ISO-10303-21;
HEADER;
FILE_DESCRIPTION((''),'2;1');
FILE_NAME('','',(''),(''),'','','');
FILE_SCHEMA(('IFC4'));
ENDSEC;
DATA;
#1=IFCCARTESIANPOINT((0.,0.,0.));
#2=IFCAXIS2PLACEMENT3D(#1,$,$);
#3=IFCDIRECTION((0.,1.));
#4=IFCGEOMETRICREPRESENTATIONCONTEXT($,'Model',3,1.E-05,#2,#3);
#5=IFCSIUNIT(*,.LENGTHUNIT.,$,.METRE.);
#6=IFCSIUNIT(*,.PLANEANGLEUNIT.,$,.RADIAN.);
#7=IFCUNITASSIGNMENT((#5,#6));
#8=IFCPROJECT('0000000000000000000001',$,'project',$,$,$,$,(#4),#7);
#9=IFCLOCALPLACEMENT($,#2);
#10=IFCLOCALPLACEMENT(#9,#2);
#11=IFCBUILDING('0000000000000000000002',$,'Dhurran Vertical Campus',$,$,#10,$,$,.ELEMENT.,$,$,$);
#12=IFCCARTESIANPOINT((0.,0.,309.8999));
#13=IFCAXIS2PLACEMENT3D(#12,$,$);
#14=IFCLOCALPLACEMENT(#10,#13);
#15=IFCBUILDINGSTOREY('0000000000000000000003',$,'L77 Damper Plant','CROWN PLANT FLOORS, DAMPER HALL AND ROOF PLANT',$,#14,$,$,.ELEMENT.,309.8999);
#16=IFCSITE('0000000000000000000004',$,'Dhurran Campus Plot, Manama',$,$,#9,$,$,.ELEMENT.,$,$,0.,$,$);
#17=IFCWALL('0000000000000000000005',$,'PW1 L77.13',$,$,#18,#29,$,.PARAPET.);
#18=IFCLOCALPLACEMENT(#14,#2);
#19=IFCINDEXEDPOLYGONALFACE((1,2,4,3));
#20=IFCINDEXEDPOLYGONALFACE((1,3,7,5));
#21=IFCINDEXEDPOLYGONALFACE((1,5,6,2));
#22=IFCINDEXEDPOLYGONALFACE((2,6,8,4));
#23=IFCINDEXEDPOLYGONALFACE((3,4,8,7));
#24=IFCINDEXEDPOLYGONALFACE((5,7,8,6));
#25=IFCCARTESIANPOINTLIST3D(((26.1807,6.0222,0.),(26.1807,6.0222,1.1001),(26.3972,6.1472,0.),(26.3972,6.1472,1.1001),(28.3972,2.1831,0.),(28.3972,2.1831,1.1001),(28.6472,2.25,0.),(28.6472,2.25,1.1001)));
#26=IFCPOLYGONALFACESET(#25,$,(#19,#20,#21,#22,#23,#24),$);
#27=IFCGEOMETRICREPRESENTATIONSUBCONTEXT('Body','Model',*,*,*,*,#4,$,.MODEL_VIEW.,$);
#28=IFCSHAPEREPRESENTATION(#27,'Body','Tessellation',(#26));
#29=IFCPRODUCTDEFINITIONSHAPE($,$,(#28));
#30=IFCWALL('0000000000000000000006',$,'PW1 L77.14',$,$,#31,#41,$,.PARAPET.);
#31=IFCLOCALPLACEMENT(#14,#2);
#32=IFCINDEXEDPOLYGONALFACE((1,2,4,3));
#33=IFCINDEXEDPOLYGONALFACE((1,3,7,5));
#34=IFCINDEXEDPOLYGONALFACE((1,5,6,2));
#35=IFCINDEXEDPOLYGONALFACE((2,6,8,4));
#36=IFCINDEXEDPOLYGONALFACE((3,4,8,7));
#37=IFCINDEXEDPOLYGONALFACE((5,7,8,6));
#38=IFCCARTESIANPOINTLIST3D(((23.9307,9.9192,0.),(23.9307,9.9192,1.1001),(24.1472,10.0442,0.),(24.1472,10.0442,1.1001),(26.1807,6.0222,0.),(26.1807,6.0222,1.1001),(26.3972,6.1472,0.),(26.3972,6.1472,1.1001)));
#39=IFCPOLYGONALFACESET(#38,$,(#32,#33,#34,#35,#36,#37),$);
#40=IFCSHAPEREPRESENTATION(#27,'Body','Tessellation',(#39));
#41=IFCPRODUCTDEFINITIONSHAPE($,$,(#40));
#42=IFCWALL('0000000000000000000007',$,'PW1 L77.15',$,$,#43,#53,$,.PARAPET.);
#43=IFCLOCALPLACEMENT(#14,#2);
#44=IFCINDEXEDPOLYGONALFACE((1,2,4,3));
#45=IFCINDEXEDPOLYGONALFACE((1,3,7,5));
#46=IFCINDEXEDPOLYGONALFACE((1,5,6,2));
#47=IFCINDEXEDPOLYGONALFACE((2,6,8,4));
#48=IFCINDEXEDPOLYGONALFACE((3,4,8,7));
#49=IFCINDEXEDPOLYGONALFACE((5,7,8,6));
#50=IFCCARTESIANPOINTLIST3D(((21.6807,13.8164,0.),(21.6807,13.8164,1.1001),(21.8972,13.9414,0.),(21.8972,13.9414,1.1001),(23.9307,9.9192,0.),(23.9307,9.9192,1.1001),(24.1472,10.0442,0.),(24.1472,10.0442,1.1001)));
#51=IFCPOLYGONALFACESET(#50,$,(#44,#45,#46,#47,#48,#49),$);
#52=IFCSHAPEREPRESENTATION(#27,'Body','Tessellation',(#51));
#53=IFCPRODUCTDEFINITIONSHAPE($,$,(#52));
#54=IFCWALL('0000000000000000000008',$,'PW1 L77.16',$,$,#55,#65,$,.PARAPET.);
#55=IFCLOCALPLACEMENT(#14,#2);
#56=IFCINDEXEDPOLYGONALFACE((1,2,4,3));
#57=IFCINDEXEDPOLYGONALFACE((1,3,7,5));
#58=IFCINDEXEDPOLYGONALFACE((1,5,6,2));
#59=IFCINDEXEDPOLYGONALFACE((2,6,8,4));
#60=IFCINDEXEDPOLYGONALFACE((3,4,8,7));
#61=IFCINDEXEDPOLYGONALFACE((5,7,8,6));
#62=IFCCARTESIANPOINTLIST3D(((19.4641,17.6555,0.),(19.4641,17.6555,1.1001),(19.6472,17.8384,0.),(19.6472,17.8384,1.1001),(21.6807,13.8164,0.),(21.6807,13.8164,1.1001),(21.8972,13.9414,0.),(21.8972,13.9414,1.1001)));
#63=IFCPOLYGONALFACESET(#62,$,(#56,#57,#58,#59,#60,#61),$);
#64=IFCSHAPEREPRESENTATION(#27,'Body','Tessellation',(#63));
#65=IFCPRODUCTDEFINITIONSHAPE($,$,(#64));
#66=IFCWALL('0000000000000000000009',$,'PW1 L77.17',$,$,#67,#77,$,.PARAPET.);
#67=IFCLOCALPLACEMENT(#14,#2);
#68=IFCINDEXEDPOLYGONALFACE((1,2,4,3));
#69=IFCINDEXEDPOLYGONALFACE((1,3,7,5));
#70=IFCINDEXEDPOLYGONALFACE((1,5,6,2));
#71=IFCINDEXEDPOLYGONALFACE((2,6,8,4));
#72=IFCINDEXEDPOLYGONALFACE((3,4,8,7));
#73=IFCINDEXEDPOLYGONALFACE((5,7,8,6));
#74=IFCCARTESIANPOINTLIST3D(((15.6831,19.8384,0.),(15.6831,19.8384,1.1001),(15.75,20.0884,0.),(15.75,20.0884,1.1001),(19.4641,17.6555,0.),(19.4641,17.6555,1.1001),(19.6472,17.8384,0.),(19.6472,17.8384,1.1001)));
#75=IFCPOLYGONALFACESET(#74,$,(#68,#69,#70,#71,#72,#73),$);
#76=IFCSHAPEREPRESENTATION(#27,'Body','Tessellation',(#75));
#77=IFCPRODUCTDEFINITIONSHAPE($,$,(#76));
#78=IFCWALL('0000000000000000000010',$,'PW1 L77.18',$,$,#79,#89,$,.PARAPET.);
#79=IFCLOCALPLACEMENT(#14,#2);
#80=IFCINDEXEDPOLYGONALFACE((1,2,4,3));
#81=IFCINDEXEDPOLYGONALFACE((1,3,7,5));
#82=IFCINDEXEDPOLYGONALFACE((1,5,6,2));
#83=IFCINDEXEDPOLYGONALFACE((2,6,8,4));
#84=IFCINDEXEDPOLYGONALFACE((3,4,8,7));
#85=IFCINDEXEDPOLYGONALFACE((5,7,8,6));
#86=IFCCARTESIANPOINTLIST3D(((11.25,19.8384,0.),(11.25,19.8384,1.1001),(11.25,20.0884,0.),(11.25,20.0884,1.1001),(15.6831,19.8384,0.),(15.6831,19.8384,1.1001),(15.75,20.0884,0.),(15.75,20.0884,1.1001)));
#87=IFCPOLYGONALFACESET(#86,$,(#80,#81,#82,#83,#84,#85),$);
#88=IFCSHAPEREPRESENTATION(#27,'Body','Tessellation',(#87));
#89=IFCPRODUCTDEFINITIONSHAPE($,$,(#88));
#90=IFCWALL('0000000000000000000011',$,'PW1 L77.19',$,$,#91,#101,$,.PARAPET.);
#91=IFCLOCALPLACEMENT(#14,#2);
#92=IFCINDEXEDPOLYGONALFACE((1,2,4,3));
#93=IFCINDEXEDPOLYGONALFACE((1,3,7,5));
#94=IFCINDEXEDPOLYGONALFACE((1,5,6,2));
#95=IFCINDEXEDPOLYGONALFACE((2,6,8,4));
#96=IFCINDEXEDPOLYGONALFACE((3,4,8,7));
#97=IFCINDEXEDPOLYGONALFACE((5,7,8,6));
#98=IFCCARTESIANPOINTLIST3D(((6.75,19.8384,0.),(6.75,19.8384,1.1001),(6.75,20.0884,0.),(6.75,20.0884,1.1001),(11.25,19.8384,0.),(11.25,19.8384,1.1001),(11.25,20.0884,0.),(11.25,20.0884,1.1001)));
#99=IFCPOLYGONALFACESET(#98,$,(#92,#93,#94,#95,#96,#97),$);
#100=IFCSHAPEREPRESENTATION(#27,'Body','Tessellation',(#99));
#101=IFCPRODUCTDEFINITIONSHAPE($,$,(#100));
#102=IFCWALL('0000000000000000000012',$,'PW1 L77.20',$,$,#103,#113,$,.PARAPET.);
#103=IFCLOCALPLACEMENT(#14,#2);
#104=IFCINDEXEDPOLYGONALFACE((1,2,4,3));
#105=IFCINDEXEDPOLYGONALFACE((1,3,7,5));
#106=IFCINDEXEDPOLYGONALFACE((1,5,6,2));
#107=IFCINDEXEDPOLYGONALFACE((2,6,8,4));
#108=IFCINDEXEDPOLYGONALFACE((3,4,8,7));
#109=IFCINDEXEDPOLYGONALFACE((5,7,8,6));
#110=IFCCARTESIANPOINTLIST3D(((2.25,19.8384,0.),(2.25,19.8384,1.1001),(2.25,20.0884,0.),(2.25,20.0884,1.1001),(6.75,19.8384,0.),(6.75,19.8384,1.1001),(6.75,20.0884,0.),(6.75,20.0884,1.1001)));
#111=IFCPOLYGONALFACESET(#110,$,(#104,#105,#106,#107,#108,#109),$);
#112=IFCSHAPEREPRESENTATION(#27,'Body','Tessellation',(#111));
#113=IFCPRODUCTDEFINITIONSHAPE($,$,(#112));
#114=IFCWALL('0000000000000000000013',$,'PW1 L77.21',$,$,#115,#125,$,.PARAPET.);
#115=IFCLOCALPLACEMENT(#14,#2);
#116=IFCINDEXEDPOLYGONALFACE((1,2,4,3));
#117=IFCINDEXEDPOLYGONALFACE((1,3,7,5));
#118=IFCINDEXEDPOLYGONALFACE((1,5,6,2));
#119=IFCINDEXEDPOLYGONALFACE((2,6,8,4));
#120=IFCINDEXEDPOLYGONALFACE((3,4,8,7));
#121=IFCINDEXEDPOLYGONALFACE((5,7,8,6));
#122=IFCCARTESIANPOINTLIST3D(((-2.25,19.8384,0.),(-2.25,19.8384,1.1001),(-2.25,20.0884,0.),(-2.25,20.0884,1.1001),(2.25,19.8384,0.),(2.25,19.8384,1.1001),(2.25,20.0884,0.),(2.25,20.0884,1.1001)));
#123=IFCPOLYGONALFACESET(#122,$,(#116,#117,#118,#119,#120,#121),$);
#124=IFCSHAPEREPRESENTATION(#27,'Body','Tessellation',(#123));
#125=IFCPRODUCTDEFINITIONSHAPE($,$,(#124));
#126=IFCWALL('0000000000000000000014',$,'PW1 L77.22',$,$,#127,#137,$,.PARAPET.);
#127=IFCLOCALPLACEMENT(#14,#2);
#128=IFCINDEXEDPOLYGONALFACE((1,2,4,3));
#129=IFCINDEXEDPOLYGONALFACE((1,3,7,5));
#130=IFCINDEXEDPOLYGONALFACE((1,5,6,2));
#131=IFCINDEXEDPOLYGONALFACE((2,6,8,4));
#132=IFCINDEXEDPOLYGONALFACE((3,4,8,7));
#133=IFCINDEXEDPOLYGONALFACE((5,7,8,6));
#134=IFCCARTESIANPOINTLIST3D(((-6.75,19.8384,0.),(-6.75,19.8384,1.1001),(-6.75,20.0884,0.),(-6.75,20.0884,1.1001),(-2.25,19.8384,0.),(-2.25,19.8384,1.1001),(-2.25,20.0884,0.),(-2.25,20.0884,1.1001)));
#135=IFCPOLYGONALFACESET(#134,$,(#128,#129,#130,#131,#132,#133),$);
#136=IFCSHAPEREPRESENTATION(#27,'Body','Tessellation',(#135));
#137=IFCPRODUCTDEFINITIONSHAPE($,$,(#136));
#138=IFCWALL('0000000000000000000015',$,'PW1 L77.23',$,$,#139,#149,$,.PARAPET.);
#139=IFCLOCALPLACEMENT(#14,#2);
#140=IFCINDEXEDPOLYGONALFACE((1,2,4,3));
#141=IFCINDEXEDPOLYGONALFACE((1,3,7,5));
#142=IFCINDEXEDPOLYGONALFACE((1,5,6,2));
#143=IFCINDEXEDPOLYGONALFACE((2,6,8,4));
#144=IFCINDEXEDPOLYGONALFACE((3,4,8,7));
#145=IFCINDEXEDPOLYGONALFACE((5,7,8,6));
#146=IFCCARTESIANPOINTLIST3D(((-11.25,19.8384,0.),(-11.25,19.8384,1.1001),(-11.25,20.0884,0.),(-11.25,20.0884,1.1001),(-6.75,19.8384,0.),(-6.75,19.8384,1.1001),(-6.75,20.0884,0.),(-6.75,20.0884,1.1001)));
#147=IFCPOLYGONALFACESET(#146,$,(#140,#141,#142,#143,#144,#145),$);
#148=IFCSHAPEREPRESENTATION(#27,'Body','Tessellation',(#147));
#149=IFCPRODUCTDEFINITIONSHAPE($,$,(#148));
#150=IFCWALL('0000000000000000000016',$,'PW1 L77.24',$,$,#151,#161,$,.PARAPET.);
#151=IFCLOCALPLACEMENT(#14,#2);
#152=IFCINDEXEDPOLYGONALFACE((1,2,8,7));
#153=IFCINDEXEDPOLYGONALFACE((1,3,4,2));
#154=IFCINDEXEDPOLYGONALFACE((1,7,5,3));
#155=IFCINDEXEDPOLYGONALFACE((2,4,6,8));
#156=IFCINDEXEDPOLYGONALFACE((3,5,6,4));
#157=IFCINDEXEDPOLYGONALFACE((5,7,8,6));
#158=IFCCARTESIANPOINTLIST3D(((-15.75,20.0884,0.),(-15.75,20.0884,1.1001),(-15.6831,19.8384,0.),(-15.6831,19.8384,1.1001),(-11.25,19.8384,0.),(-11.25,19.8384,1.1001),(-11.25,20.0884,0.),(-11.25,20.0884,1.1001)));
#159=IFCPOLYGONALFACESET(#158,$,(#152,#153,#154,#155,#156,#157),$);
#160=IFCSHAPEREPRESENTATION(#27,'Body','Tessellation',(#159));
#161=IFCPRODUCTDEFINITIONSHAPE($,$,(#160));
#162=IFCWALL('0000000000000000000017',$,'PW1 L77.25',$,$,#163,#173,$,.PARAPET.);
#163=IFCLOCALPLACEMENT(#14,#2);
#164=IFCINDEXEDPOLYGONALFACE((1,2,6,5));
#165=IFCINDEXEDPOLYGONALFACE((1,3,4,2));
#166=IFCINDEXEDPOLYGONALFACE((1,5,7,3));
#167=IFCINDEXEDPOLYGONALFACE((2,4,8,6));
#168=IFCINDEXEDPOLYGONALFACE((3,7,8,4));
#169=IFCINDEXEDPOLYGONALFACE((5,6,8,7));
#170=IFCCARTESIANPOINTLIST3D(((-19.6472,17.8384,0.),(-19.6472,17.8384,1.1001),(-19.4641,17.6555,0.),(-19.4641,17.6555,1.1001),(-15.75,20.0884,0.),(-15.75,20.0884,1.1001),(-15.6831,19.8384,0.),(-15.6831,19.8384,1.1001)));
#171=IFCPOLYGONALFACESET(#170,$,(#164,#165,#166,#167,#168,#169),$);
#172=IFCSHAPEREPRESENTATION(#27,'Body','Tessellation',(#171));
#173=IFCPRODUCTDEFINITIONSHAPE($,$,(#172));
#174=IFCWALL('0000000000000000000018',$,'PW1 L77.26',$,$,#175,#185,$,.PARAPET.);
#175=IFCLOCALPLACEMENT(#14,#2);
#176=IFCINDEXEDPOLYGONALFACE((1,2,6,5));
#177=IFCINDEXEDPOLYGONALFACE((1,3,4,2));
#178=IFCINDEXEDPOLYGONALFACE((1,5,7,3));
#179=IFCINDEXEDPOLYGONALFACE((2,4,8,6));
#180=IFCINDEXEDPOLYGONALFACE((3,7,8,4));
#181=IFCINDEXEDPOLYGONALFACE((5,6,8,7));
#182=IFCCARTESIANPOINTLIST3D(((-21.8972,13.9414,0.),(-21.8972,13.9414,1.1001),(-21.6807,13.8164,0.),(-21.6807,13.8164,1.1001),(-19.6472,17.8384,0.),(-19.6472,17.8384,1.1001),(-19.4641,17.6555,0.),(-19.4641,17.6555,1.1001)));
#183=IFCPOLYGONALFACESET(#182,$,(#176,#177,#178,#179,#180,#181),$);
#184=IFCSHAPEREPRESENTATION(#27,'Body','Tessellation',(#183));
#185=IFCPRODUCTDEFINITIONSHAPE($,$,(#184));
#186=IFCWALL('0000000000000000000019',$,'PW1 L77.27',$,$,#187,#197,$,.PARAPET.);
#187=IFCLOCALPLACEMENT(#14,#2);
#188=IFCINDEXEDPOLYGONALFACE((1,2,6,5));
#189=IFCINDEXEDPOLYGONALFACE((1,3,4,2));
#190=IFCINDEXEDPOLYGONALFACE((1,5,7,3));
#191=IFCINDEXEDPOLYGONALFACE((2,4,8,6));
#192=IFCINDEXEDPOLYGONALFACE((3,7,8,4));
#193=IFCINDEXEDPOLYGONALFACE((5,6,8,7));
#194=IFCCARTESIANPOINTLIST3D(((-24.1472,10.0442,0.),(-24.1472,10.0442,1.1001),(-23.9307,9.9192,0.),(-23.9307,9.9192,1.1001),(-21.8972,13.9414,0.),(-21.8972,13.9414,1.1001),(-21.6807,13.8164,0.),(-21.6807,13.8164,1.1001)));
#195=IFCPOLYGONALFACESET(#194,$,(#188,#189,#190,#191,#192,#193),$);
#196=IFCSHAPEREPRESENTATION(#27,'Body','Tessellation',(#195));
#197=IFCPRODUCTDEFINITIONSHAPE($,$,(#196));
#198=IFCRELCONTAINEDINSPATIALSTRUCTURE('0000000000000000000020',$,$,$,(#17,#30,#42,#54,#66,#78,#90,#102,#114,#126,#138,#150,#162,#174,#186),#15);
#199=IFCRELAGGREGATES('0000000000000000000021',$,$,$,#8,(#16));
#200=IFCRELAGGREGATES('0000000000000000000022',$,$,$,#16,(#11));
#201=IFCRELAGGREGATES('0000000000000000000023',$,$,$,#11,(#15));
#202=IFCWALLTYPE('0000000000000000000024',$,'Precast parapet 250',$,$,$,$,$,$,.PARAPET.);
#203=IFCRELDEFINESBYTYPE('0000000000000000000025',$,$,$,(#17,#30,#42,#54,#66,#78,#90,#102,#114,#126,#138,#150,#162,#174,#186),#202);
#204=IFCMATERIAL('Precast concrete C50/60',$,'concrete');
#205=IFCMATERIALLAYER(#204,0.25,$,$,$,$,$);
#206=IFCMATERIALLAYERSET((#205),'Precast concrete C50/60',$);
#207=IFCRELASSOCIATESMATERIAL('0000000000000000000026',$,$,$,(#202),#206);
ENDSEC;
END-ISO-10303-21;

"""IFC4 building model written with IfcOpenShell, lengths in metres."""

from ifc_helpers import new_model, si_unit, direction, frame, origin, place, context, subcontext, project, spatial, polyline, outline, extrude, material, layer, layer_set, type_object, element, save


model = new_model("IFC4")

# Units and contexts
model_context = context("Model", 3, precision=1e-05, world=origin(), true_north=direction((0.0, 1.0)))
body_context = subcontext(model_context, "Body", "Model", "MODEL_VIEW")
ifc_project = project(units=[si_unit("LENGTHUNIT", "METRE"), si_unit("PLANEANGLEUNIT", "RADIAN")], contexts=[model_context])

# Site, building, storey
site_placement = place(None, origin())
site = spatial("IfcSite", under=ifc_project, at=site_placement, Name="Dhurran Campus Plot, Manama", CompositionType="ELEMENT", RefElevation=0.0)
building_placement = place(site_placement, origin())
building = spatial("IfcBuilding", under=site, at=building_placement, Name="Dhurran Vertical Campus", CompositionType="ELEMENT")
storey_placement = place(building_placement, frame((0.0, 0.0, 309.8999)))
storey = spatial("IfcBuildingStorey", under=building, at=storey_placement, Name="L77 Damper Plant", Description="CROWN PLANT FLOORS, DAMPER HALL AND ROOF PLANT", CompositionType="ELEMENT", Elevation=309.8999)

# Walls
ifc_material_1 = material(Name="Precast concrete C50/60", Category="concrete")
ifc_layer_1 = layer(ifc_material_1, 0.25)
ifc_layer_set_1 = layer_set([ifc_layer_1], Name="Precast concrete C50/60")
wall_type_1 = type_object("IfcWallType", Name="Precast parapet 250", PredefinedType="PARAPET", material=ifc_layer_set_1)
wall_1_placement = place(storey_placement, origin())
element("IfcWall", 1, at=wall_1_placement, inside=storey, type_object=wall_type_1, Name="PW1 L77.13", PredefinedType="PARAPET", context=body_context, shape_type="SweptSolid", body=[
    extrude(outline(polyline([(28.6472, 2.25), (26.3972, 6.1472), (26.1807, 6.0222), (28.3972, 2.1831), (28.6472, 2.25)])), origin(), (0.0, 0.0, 1.0), 1.1001),
])
wall_2_placement = place(storey_placement, origin())
element("IfcWall", 2, at=wall_2_placement, inside=storey, type_object=wall_type_1, Name="PW1 L77.14", PredefinedType="PARAPET", context=body_context, shape_type="SweptSolid", body=[
    extrude(outline(polyline([(26.3972, 6.1472), (24.1472, 10.0442), (23.9307, 9.9192), (26.1807, 6.0222), (26.3972, 6.1472)])), origin(), (0.0, 0.0, 1.0), 1.1001),
])
wall_3_placement = place(storey_placement, origin())
element("IfcWall", 3, at=wall_3_placement, inside=storey, type_object=wall_type_1, Name="PW1 L77.15", PredefinedType="PARAPET", context=body_context, shape_type="SweptSolid", body=[
    extrude(outline(polyline([(24.1472, 10.0442), (21.8972, 13.9414), (21.6807, 13.8164), (23.9307, 9.9192), (24.1472, 10.0442)])), origin(), (0.0, 0.0, 1.0), 1.1001),
])
wall_4_placement = place(storey_placement, origin())
element("IfcWall", 4, at=wall_4_placement, inside=storey, type_object=wall_type_1, Name="PW1 L77.16", PredefinedType="PARAPET", context=body_context, shape_type="SweptSolid", body=[
    extrude(outline(polyline([(21.8972, 13.9414), (19.6472, 17.8384), (19.4641, 17.6555), (21.6807, 13.8164), (21.8972, 13.9414)])), origin(), (0.0, 0.0, 1.0), 1.1001),
])
wall_5_placement = place(storey_placement, origin())
element("IfcWall", 5, at=wall_5_placement, inside=storey, type_object=wall_type_1, Name="PW1 L77.17", PredefinedType="PARAPET", context=body_context, shape_type="SweptSolid", body=[
    extrude(outline(polyline([(19.6472, 17.8384), (15.75, 20.0884), (15.6831, 19.8384), (19.4641, 17.6555), (19.6472, 17.8384)])), origin(), (0.0, 0.0, 1.0), 1.1001),
])
wall_6_placement = place(storey_placement, origin())
element("IfcWall", 6, at=wall_6_placement, inside=storey, type_object=wall_type_1, Name="PW1 L77.18", PredefinedType="PARAPET", context=body_context, shape_type="SweptSolid", body=[
    extrude(outline(polyline([(15.75, 20.0884), (11.25, 20.0884), (11.25, 19.8384), (15.6831, 19.8384), (15.75, 20.0884)])), origin(), (0.0, 0.0, 1.0), 1.1001),
])
wall_7_placement = place(storey_placement, origin())
element("IfcWall", 7, at=wall_7_placement, inside=storey, type_object=wall_type_1, Name="PW1 L77.19", PredefinedType="PARAPET", context=body_context, shape_type="SweptSolid", body=[
    extrude(outline(polyline([(11.25, 20.0884), (6.75, 20.0884), (6.75, 19.8384), (11.25, 19.8384), (11.25, 20.0884)])), origin(), (0.0, 0.0, 1.0), 1.1001),
])
wall_8_placement = place(storey_placement, origin())
element("IfcWall", 8, at=wall_8_placement, inside=storey, type_object=wall_type_1, Name="PW1 L77.20", PredefinedType="PARAPET", context=body_context, shape_type="SweptSolid", body=[
    extrude(outline(polyline([(6.75, 20.0884), (2.25, 20.0884), (2.25, 19.8384), (6.75, 19.8384), (6.75, 20.0884)])), origin(), (0.0, 0.0, 1.0), 1.1001),
])
wall_9_placement = place(storey_placement, origin())
element("IfcWall", 9, at=wall_9_placement, inside=storey, type_object=wall_type_1, Name="PW1 L77.21", PredefinedType="PARAPET", context=body_context, shape_type="SweptSolid", body=[
    extrude(outline(polyline([(2.25, 20.0884), (-2.25, 20.0884), (-2.25, 19.8384), (2.25, 19.8384), (2.25, 20.0884)])), origin(), (0.0, 0.0, 1.0), 1.1001),
])
wall_10_placement = place(storey_placement, origin())
element("IfcWall", 10, at=wall_10_placement, inside=storey, type_object=wall_type_1, Name="PW1 L77.22", PredefinedType="PARAPET", context=body_context, shape_type="SweptSolid", body=[
    extrude(outline(polyline([(-2.25, 20.0884), (-6.75, 20.0884), (-6.75, 19.8384), (-2.25, 19.8384), (-2.25, 20.0884)])), origin(), (0.0, 0.0, 1.0), 1.1001),
])
wall_11_placement = place(storey_placement, origin())
element("IfcWall", 11, at=wall_11_placement, inside=storey, type_object=wall_type_1, Name="PW1 L77.23", PredefinedType="PARAPET", context=body_context, shape_type="SweptSolid", body=[
    extrude(outline(polyline([(-6.75, 20.0884), (-11.25, 20.0884), (-11.25, 19.8384), (-6.75, 19.8384), (-6.75, 20.0884)])), origin(), (0.0, 0.0, 1.0), 1.1001),
])
wall_12_placement = place(storey_placement, origin())
element("IfcWall", 12, at=wall_12_placement, inside=storey, type_object=wall_type_1, Name="PW1 L77.24", PredefinedType="PARAPET", context=body_context, shape_type="SweptSolid", body=[
    extrude(outline(polyline([(-11.25, 20.0884), (-15.75, 20.0884), (-15.6831, 19.8384), (-11.25, 19.8384), (-11.25, 20.0884)])), origin(), (0.0, 0.0, 1.0), 1.1001),
])
wall_13_placement = place(storey_placement, origin())
element("IfcWall", 13, at=wall_13_placement, inside=storey, type_object=wall_type_1, Name="PW1 L77.25", PredefinedType="PARAPET", context=body_context, shape_type="SweptSolid", body=[
    extrude(outline(polyline([(-15.75, 20.0884), (-19.6472, 17.8384), (-19.4641, 17.6555), (-15.6831, 19.8384), (-15.75, 20.0884)])), origin(), (0.0, 0.0, 1.0), 1.1001),
])
wall_14_placement = place(storey_placement, origin())
element("IfcWall", 14, at=wall_14_placement, inside=storey, type_object=wall_type_1, Name="PW1 L77.26", PredefinedType="PARAPET", context=body_context, shape_type="SweptSolid", body=[
    extrude(outline(polyline([(-19.6472, 17.8384), (-21.8972, 13.9414), (-21.6807, 13.8164), (-19.4641, 17.6555), (-19.6472, 17.8384)])), origin(), (0.0, 0.0, 1.0), 1.1001),
])
wall_15_placement = place(storey_placement, origin())
element("IfcWall", 15, at=wall_15_placement, inside=storey, type_object=wall_type_1, Name="PW1 L77.27", PredefinedType="PARAPET", context=body_context, shape_type="SweptSolid", body=[
    extrude(outline(polyline([(-21.8972, 13.9414), (-24.1472, 10.0442), (-23.9307, 9.9192), (-21.6807, 13.8164), (-21.8972, 13.9414)])), origin(), (0.0, 0.0, 1.0), 1.1001),
])

save(model, "model.ifc")
